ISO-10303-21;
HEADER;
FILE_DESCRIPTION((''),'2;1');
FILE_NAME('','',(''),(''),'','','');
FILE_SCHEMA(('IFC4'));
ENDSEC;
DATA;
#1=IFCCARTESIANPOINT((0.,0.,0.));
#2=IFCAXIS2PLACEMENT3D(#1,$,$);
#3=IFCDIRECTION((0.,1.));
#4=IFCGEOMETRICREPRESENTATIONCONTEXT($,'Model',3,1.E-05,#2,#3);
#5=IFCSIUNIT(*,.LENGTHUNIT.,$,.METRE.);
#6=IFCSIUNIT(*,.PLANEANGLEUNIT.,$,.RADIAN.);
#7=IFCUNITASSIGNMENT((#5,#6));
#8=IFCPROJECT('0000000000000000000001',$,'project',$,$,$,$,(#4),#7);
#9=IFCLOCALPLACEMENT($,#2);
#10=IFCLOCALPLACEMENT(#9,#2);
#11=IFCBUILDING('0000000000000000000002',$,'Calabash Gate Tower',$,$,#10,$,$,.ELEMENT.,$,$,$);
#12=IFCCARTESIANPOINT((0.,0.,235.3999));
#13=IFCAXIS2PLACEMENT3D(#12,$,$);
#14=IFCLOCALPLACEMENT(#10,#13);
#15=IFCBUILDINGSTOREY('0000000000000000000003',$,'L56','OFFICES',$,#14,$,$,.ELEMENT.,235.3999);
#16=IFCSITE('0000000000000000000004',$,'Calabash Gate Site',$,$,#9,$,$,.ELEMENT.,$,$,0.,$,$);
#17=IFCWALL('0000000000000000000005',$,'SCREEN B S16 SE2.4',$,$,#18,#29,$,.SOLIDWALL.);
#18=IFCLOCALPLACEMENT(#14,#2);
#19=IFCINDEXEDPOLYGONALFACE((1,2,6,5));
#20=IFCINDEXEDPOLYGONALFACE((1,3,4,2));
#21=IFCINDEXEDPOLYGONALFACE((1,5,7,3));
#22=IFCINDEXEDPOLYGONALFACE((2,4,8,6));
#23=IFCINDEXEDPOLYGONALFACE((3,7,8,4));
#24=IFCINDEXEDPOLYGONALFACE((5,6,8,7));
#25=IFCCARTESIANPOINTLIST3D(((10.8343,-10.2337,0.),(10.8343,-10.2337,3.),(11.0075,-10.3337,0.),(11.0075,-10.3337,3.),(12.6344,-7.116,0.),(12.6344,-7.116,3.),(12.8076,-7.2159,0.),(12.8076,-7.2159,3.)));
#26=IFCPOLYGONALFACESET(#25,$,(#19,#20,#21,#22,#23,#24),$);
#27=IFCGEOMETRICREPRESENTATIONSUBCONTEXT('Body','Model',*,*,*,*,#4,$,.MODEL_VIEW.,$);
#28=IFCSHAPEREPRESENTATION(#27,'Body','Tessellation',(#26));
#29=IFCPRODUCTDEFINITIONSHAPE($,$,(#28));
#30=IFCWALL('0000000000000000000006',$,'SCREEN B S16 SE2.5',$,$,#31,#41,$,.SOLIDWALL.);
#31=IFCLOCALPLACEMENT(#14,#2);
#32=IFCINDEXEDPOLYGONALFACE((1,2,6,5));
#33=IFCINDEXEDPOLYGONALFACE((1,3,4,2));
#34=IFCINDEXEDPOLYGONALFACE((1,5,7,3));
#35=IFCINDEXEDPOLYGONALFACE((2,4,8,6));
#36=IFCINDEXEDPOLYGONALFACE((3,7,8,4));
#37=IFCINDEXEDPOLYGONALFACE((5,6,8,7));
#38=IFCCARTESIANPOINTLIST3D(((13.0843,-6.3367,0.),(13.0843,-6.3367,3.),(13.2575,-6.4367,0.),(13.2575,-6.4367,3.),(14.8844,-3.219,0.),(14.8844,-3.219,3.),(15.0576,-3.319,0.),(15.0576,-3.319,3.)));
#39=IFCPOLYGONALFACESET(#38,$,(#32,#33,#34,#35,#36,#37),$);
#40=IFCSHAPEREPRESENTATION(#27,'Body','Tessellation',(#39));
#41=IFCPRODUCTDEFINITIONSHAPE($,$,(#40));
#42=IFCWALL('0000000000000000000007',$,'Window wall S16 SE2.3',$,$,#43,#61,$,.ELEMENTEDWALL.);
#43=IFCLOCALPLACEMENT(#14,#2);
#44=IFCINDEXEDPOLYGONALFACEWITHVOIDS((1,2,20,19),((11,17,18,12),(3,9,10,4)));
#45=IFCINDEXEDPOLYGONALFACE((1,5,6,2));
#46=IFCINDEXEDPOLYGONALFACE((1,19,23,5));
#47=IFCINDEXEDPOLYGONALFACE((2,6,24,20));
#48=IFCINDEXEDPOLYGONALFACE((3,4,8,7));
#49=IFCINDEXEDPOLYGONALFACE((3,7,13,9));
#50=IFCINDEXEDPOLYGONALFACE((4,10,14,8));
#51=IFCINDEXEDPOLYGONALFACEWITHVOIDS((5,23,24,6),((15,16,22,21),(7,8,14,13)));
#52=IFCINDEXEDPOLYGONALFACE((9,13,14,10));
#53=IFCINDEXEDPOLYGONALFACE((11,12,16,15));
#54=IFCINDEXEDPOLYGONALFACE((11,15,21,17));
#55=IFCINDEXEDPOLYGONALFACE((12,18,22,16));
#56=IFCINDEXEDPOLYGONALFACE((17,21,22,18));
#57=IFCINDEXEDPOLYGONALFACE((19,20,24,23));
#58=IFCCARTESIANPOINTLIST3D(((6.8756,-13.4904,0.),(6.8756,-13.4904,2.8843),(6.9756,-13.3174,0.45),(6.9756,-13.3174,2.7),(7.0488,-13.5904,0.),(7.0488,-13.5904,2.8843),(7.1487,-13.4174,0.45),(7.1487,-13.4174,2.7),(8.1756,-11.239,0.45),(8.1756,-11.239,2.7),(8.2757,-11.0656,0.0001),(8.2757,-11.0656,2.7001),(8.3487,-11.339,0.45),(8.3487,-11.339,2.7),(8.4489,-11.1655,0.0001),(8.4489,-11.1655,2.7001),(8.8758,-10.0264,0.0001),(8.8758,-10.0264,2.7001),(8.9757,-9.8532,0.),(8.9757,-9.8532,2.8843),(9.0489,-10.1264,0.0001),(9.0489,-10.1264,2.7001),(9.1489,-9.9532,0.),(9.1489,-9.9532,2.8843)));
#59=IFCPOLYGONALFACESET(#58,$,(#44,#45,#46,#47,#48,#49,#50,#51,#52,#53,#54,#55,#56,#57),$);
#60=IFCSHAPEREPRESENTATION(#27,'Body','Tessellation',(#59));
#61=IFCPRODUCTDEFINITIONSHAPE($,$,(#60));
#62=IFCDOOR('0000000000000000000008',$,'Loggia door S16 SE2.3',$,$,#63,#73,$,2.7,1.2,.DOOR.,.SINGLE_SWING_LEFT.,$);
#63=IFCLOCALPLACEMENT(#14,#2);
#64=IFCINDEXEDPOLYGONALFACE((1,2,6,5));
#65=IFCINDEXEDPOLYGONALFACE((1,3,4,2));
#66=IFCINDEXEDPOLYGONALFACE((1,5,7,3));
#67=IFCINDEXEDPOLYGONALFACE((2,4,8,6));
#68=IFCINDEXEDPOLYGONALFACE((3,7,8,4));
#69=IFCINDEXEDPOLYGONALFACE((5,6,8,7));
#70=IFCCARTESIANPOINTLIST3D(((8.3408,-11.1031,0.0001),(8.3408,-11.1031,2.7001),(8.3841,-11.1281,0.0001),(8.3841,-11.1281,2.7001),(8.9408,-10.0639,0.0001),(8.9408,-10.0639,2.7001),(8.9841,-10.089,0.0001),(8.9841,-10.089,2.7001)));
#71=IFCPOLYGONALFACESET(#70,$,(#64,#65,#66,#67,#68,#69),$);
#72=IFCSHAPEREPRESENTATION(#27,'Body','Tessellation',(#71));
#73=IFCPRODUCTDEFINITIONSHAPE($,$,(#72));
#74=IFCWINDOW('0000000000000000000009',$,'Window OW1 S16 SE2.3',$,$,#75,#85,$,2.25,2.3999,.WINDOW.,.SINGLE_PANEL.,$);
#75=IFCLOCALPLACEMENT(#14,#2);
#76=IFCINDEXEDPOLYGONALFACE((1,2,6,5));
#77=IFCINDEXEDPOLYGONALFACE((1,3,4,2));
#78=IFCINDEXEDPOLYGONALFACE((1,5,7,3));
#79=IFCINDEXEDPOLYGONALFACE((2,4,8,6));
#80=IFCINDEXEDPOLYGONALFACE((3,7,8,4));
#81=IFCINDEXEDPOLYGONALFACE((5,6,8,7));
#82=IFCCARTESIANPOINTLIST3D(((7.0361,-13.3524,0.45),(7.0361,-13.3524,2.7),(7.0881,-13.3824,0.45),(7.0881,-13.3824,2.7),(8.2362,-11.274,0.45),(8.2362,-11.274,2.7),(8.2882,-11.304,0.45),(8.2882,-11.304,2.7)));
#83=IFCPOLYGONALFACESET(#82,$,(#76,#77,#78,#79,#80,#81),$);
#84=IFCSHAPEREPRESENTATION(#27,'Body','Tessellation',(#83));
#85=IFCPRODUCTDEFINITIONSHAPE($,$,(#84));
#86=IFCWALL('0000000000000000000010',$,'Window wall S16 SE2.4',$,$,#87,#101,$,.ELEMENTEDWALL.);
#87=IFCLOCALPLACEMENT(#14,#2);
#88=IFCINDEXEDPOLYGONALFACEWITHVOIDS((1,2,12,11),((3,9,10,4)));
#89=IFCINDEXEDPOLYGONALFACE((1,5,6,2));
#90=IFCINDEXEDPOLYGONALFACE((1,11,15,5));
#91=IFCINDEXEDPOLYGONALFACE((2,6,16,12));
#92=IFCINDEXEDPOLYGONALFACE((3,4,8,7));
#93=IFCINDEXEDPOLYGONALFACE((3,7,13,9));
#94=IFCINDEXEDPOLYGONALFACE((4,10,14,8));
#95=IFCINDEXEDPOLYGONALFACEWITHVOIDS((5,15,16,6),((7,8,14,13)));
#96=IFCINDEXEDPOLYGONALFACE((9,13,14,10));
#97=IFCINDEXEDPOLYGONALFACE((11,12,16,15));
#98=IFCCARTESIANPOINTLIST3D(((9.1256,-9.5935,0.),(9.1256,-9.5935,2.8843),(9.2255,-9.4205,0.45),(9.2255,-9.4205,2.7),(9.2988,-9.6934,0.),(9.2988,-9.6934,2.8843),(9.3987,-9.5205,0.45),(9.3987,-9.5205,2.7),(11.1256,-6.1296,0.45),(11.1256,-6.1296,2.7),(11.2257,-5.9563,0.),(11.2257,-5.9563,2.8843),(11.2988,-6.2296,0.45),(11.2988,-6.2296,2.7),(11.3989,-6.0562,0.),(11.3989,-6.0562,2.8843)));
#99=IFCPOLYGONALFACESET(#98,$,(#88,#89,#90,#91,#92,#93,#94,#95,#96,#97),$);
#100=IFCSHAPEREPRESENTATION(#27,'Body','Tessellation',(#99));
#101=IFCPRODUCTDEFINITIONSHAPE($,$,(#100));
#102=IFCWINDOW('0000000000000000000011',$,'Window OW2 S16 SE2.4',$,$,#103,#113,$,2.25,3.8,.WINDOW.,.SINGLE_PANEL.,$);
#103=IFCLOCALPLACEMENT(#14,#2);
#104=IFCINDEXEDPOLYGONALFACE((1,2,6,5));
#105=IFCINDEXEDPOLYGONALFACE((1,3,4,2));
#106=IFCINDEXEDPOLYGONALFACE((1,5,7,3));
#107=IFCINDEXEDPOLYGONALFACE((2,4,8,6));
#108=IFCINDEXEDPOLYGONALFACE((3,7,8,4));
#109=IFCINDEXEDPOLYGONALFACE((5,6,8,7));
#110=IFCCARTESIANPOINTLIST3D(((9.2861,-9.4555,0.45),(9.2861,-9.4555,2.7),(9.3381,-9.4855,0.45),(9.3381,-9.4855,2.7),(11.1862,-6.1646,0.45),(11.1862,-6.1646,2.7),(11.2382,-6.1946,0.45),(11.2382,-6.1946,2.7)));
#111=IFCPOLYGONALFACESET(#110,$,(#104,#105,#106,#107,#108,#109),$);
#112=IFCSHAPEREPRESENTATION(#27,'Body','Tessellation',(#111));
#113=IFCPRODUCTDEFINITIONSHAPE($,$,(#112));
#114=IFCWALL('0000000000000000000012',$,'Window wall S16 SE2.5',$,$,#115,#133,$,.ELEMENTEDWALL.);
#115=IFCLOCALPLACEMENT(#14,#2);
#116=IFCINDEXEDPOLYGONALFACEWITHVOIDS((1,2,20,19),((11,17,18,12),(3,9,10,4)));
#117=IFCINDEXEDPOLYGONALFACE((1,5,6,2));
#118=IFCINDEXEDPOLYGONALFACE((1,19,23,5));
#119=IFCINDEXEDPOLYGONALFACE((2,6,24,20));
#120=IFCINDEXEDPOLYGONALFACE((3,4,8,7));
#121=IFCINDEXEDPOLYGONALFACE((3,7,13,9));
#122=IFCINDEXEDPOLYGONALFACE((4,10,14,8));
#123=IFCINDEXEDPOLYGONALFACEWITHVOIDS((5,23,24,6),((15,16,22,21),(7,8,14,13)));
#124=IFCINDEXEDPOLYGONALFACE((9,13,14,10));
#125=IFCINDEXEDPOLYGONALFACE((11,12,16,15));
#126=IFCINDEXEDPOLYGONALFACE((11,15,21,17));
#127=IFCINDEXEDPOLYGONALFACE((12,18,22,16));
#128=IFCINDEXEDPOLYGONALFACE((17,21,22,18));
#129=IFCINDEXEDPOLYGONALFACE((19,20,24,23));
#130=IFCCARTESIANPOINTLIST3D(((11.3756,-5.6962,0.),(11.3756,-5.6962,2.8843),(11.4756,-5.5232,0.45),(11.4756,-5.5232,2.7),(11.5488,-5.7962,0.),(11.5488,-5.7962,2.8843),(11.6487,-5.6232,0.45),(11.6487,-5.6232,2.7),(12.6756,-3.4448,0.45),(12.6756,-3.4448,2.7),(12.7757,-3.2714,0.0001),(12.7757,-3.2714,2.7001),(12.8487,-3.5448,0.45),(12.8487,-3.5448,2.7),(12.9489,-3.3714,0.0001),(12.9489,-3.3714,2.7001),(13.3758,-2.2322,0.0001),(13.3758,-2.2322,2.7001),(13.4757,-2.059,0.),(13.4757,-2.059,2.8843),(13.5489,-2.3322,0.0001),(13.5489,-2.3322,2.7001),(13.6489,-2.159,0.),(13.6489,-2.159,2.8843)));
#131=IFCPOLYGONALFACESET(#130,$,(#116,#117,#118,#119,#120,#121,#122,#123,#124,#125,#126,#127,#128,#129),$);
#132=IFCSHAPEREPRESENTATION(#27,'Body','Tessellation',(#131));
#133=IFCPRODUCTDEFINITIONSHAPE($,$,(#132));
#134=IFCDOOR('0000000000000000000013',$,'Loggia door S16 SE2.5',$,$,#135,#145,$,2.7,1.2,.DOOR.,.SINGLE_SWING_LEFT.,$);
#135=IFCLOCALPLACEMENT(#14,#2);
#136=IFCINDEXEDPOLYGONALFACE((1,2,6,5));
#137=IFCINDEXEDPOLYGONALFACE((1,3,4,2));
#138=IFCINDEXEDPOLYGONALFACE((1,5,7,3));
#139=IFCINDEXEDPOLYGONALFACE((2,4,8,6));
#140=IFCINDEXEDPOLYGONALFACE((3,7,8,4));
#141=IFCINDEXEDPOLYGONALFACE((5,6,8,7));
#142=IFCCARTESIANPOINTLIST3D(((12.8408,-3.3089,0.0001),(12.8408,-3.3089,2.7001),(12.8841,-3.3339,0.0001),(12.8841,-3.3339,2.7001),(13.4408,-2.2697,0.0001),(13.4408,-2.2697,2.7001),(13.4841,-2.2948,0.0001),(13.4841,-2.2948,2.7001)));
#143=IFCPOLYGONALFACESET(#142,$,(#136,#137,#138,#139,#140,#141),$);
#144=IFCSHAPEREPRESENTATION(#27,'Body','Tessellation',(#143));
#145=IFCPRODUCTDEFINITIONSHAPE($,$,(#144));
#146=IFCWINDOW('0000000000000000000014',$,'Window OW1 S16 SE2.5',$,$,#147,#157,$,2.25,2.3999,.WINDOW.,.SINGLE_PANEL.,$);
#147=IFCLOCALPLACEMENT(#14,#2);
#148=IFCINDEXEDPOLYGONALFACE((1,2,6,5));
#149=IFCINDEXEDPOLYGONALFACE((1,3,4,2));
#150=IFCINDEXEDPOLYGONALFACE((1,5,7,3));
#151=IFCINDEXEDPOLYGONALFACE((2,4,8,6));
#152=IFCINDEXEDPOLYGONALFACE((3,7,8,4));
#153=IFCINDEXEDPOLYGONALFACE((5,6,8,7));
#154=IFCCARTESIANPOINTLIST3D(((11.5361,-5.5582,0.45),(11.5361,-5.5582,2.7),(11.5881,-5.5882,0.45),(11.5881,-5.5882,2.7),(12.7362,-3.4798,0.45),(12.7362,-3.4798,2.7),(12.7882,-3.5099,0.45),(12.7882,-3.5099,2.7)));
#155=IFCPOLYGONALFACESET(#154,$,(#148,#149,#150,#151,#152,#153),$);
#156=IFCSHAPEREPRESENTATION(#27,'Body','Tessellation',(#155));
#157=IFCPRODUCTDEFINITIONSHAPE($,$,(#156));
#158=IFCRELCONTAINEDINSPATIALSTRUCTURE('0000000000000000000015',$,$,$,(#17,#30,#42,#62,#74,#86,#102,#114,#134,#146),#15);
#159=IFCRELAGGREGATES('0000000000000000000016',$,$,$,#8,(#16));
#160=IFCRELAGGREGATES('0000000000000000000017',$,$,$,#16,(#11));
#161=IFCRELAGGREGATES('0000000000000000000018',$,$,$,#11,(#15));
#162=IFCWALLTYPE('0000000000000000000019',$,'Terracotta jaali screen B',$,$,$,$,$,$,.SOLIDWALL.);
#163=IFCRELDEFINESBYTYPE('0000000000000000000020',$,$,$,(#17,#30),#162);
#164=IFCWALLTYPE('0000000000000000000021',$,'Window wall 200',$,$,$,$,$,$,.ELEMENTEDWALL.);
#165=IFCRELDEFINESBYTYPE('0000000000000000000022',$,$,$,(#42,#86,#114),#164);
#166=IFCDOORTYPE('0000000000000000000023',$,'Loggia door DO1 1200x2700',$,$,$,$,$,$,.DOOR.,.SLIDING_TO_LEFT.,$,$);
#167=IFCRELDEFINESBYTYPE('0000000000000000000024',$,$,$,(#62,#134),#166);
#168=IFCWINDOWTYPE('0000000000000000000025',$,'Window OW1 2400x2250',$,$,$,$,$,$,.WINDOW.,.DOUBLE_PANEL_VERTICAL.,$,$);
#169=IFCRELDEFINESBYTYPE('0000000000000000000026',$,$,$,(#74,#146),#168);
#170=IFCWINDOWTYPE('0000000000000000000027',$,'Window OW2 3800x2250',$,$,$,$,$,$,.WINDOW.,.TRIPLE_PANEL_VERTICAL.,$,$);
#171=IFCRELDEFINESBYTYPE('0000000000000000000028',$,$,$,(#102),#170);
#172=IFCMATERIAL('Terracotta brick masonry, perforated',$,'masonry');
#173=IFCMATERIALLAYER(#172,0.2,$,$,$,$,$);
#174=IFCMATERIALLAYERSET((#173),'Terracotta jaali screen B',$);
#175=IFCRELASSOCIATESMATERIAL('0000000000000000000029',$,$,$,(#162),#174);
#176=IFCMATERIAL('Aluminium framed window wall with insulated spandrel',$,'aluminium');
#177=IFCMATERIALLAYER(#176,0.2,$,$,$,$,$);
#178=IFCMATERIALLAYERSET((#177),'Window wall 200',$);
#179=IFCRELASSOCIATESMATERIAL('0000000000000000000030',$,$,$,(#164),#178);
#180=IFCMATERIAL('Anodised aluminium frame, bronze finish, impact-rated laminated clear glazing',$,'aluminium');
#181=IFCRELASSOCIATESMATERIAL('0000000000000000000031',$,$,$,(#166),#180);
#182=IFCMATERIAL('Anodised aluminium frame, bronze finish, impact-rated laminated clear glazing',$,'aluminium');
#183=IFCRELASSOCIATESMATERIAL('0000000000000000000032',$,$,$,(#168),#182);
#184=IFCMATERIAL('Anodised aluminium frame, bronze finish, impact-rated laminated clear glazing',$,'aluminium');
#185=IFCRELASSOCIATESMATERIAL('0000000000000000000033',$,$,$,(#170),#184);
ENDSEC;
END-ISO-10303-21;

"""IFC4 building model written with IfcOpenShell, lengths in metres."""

from ifc_helpers import new_model, si_unit, direction, frame, frame_2d, origin, place, context, subcontext, project, spatial, rectangle, extrude, material, layer, layer_set, type_object, element, fill, save


model = new_model("IFC4")

# Units and contexts
model_context = context("Model", 3, precision=1e-05, world=origin(), true_north=direction((0.0, 1.0)))
body_context = subcontext(model_context, "Body", "Model", "MODEL_VIEW")
ifc_project = project(units=[si_unit("LENGTHUNIT", "METRE"), si_unit("PLANEANGLEUNIT", "RADIAN")], contexts=[model_context])

# Site, building, storey
site_placement = place(None, origin())
site = spatial("IfcSite", under=ifc_project, at=site_placement, Name="Calabash Gate Site", CompositionType="ELEMENT", RefElevation=0.0)
building_placement = place(site_placement, origin())
building = spatial("IfcBuilding", under=site, at=building_placement, Name="Calabash Gate Tower", CompositionType="ELEMENT")
storey_placement = place(building_placement, frame((0.0, 0.0, 235.3999)))
storey = spatial("IfcBuildingStorey", under=building, at=storey_placement, Name="L56", Description="OFFICES", CompositionType="ELEMENT", Elevation=235.3999)

# Walls
ifc_material_1 = material(Name="Terracotta brick masonry, perforated", Category="masonry")
ifc_layer_1 = layer(ifc_material_1, 0.2)
ifc_layer_set_1 = layer_set([ifc_layer_1], Name="Terracotta jaali screen B")
wall_type_1 = type_object("IfcWallType", Name="Terracotta jaali screen B", PredefinedType="SOLIDWALL", material=ifc_layer_set_1)
for number, where, z_axis, x_axis, name in (
    (1, (10.9209, -10.2837, 0.0), (0.0, 0.0, 1.0), (0.500012, 0.866018, 0.0), "SCREEN B S16 SE2.4"),
    (2, (13.1709, -6.3867, 0.0), (0.0, 0.0, 1.0), (0.500012, 0.866018, 0.0), "SCREEN B S16 SE2.5"),
):
    element("IfcWall", number, at=place(storey_placement, frame(where, z_axis=z_axis, x_axis=x_axis)), inside=storey, type_object=wall_type_1, Name=name, PredefinedType="SOLIDWALL", context=body_context, shape_type="SweptSolid", body=[
        extrude(rectangle(XDim=3.6001, YDim=0.2, at=frame_2d((1.8, 0.0))), origin(), (0.0, 0.0, 1.0), 3.0),
    ])

# Wall, openings, door, window
ifc_material_2 = material(Name="Aluminium framed window wall with insulated spandrel", Category="aluminium")
ifc_layer_2 = layer(ifc_material_2, 0.2)
ifc_layer_set_2 = layer_set([ifc_layer_2], Name="Window wall 200")
wall_type_2 = type_object("IfcWallType", Name="Window wall 200", PredefinedType="ELEMENTEDWALL", material=ifc_layer_set_2)
wall_1_placement = place(storey_placement, frame((6.9622, -13.5405, 0.0), z_axis=(0.0, 0.0, 1.0), x_axis=(0.500028, 0.866009, 0.0)))
wall_1 = element("IfcWall", 3, at=wall_1_placement, inside=storey, type_object=wall_type_2, Name="Window wall S16 SE2.3", PredefinedType="ELEMENTEDWALL", context=body_context, shape_type="SweptSolid", body=[
    extrude(rectangle(XDim=4.2, YDim=0.2, at=frame_2d((2.1001, 0.0))), origin(), (0.0, 0.0, 1.0), 2.8843),
])
opening_1_placement = place(wall_1_placement, frame((0.2, 0.0, 0.45)))
opening_1 = element("IfcOpeningElement", 4, at=opening_1_placement, cuts=wall_1, PredefinedType="OPENING", context=body_context, shape_type="SweptSolid", body=[
    extrude(rectangle(XDim=2.3999, YDim=2.25, at=frame_2d((1.2, 1.125))), frame((0.0, 0.1099, 0.0), z_axis=(0.0, -1.0, 0.0), x_axis=(1.0, 0.0, 0.0)), (0.0, 0.0, 1.0), 0.22),
])
opening_2_placement = place(wall_1_placement, frame((2.8, 0.0, 0.0)))
opening_2 = element("IfcOpeningElement", 5, at=opening_2_placement, cuts=wall_1, PredefinedType="OPENING", context=body_context, shape_type="SweptSolid", body=[
    extrude(rectangle(XDim=1.2, YDim=2.7, at=frame_2d((0.6001, 1.3501))), frame((0.0, 0.1099, 0.0), z_axis=(0.0, -1.0, 0.0), x_axis=(1.0, 0.0, 0.0)), (0.0, 0.0, 1.0), 0.22),
])
ifc_material_3 = material(Name="Anodised aluminium frame, bronze finish, impact-rated laminated clear glazing", Category="aluminium")
door_type_1 = type_object("IfcDoorType", Name="Loggia door DO1 1200x2700", OperationType="SLIDING_TO_LEFT", PredefinedType="DOOR", material=ifc_material_3)
door_1_placement = place(opening_2_placement, origin())
door_1 = element("IfcDoor", 6, at=door_1_placement, inside=storey, type_object=door_type_1, Name="Loggia door S16 SE2.3", OperationType="SINGLE_SWING_LEFT", OverallHeight=2.7, OverallWidth=1.2, PredefinedType="DOOR", context=body_context, shape_type="SweptSolid", body=[
    extrude(rectangle(XDim=1.2, YDim=2.7, at=frame_2d((0.6001, 1.3501))), frame((0.0, 0.0249, 0.0), z_axis=(0.0, -1.0, 0.0), x_axis=(1.0, 0.0, 0.0)), (0.0, 0.0, 1.0), 0.05),
])
fill(opening_2, door_1)
ifc_material_4 = material(Name="Anodised aluminium frame, bronze finish, impact-rated laminated clear glazing", Category="aluminium")
window_type_1 = type_object("IfcWindowType", Name="Window OW1 2400x2250", PartitioningType="DOUBLE_PANEL_VERTICAL", PredefinedType="WINDOW", material=ifc_material_4)
window_1_placement = place(opening_1_placement, origin())
window_1 = element("IfcWindow", 7, at=window_1_placement, inside=storey, type_object=window_type_1, Name="Window OW1 S16 SE2.3", OverallHeight=2.25, OverallWidth=2.3999, PartitioningType="SINGLE_PANEL", PredefinedType="WINDOW", context=body_context, shape_type="SweptSolid", body=[
    extrude(rectangle(XDim=2.3999, YDim=2.25, at=frame_2d((1.2, 1.125))), frame((0.0, 0.03, 0.0), z_axis=(0.0, -1.0, 0.0), x_axis=(1.0, 0.0, 0.0)), (0.0, 0.0, 1.0), 0.0601),
])
fill(opening_1, window_1)

# Wall, opening, window
wall_2_placement = place(storey_placement, frame((9.2122, -9.6436, 0.0), z_axis=(0.0, 0.0, 1.0), x_axis=(0.500028, 0.866009, 0.0)))
wall_2 = element("IfcWall", 8, at=wall_2_placement, inside=storey, type_object=wall_type_2, Name="Window wall S16 SE2.4", PredefinedType="ELEMENTEDWALL", context=body_context, shape_type="SweptSolid", body=[
    extrude(rectangle(XDim=4.2, YDim=0.2, at=frame_2d((2.1001, 0.0))), origin(), (0.0, 0.0, 1.0), 2.8843),
])
opening_3_placement = place(wall_2_placement, frame((0.2, 0.0, 0.45)))
opening_3 = element("IfcOpeningElement", 9, at=opening_3_placement, cuts=wall_2, PredefinedType="OPENING", context=body_context, shape_type="SweptSolid", body=[
    extrude(rectangle(XDim=3.8, YDim=2.25, at=frame_2d((1.8999, 1.125))), frame((0.0, 0.1099, 0.0), z_axis=(0.0, -1.0, 0.0), x_axis=(1.0, 0.0, 0.0)), (0.0, 0.0, 1.0), 0.22),
])
ifc_material_5 = material(Name="Anodised aluminium frame, bronze finish, impact-rated laminated clear glazing", Category="aluminium")
window_type_2 = type_object("IfcWindowType", Name="Window OW2 3800x2250", PartitioningType="TRIPLE_PANEL_VERTICAL", PredefinedType="WINDOW", material=ifc_material_5)
window_2_placement = place(opening_3_placement, origin())
window_2 = element("IfcWindow", 10, at=window_2_placement, inside=storey, type_object=window_type_2, Name="Window OW2 S16 SE2.4", OverallHeight=2.25, OverallWidth=3.8, PartitioningType="SINGLE_PANEL", PredefinedType="WINDOW", context=body_context, shape_type="SweptSolid", body=[
    extrude(rectangle(XDim=3.8, YDim=2.25, at=frame_2d((1.8999, 1.125))), frame((0.0, 0.03, 0.0), z_axis=(0.0, -1.0, 0.0), x_axis=(1.0, 0.0, 0.0)), (0.0, 0.0, 1.0), 0.0601),
])
fill(opening_3, window_2)

# Wall, openings, door, window
wall_3_placement = place(storey_placement, frame((11.4622, -5.7463, 0.0), z_axis=(0.0, 0.0, 1.0), x_axis=(0.500028, 0.866009, 0.0)))
wall_3 = element("IfcWall", 11, at=wall_3_placement, inside=storey, type_object=wall_type_2, Name="Window wall S16 SE2.5", PredefinedType="ELEMENTEDWALL", context=body_context, shape_type="SweptSolid", body=[
    extrude(rectangle(XDim=4.2, YDim=0.2, at=frame_2d((2.1001, 0.0))), origin(), (0.0, 0.0, 1.0), 2.8843),
])
opening_4_placement = place(wall_3_placement, frame((0.2, 0.0, 0.45)))
opening_4 = element("IfcOpeningElement", 12, at=opening_4_placement, cuts=wall_3, PredefinedType="OPENING", context=body_context, shape_type="SweptSolid", body=[
    extrude(rectangle(XDim=2.3999, YDim=2.25, at=frame_2d((1.2, 1.125))), frame((0.0, 0.1099, 0.0), z_axis=(0.0, -1.0, 0.0), x_axis=(1.0, 0.0, 0.0)), (0.0, 0.0, 1.0), 0.22),
])
opening_5_placement = place(wall_3_placement, frame((2.8, 0.0, 0.0)))
opening_5 = element("IfcOpeningElement", 13, at=opening_5_placement, cuts=wall_3, PredefinedType="OPENING", context=body_context, shape_type="SweptSolid", body=[
    extrude(rectangle(XDim=1.2, YDim=2.7, at=frame_2d((0.6001, 1.3501))), frame((0.0, 0.1099, 0.0), z_axis=(0.0, -1.0, 0.0), x_axis=(1.0, 0.0, 0.0)), (0.0, 0.0, 1.0), 0.22),
])
door_2_placement = place(opening_5_placement, origin())
door_2 = element("IfcDoor", 14, at=door_2_placement, inside=storey, type_object=door_type_1, Name="Loggia door S16 SE2.5", OperationType="SINGLE_SWING_LEFT", OverallHeight=2.7, OverallWidth=1.2, PredefinedType="DOOR", context=body_context, shape_type="SweptSolid", body=[
    extrude(rectangle(XDim=1.2, YDim=2.7, at=frame_2d((0.6001, 1.3501))), frame((0.0, 0.0249, 0.0), z_axis=(0.0, -1.0, 0.0), x_axis=(1.0, 0.0, 0.0)), (0.0, 0.0, 1.0), 0.05),
])
fill(opening_5, door_2)
window_3_placement = place(opening_4_placement, origin())
window_3 = element("IfcWindow", 15, at=window_3_placement, inside=storey, type_object=window_type_1, Name="Window OW1 S16 SE2.5", OverallHeight=2.25, OverallWidth=2.3999, PartitioningType="SINGLE_PANEL", PredefinedType="WINDOW", context=body_context, shape_type="SweptSolid", body=[
    extrude(rectangle(XDim=2.3999, YDim=2.25, at=frame_2d((1.2, 1.125))), frame((0.0, 0.03, 0.0), z_axis=(0.0, -1.0, 0.0), x_axis=(1.0, 0.0, 0.0)), (0.0, 0.0, 1.0), 0.0601),
])
fill(opening_4, window_3)

save(model, "model.ifc")
